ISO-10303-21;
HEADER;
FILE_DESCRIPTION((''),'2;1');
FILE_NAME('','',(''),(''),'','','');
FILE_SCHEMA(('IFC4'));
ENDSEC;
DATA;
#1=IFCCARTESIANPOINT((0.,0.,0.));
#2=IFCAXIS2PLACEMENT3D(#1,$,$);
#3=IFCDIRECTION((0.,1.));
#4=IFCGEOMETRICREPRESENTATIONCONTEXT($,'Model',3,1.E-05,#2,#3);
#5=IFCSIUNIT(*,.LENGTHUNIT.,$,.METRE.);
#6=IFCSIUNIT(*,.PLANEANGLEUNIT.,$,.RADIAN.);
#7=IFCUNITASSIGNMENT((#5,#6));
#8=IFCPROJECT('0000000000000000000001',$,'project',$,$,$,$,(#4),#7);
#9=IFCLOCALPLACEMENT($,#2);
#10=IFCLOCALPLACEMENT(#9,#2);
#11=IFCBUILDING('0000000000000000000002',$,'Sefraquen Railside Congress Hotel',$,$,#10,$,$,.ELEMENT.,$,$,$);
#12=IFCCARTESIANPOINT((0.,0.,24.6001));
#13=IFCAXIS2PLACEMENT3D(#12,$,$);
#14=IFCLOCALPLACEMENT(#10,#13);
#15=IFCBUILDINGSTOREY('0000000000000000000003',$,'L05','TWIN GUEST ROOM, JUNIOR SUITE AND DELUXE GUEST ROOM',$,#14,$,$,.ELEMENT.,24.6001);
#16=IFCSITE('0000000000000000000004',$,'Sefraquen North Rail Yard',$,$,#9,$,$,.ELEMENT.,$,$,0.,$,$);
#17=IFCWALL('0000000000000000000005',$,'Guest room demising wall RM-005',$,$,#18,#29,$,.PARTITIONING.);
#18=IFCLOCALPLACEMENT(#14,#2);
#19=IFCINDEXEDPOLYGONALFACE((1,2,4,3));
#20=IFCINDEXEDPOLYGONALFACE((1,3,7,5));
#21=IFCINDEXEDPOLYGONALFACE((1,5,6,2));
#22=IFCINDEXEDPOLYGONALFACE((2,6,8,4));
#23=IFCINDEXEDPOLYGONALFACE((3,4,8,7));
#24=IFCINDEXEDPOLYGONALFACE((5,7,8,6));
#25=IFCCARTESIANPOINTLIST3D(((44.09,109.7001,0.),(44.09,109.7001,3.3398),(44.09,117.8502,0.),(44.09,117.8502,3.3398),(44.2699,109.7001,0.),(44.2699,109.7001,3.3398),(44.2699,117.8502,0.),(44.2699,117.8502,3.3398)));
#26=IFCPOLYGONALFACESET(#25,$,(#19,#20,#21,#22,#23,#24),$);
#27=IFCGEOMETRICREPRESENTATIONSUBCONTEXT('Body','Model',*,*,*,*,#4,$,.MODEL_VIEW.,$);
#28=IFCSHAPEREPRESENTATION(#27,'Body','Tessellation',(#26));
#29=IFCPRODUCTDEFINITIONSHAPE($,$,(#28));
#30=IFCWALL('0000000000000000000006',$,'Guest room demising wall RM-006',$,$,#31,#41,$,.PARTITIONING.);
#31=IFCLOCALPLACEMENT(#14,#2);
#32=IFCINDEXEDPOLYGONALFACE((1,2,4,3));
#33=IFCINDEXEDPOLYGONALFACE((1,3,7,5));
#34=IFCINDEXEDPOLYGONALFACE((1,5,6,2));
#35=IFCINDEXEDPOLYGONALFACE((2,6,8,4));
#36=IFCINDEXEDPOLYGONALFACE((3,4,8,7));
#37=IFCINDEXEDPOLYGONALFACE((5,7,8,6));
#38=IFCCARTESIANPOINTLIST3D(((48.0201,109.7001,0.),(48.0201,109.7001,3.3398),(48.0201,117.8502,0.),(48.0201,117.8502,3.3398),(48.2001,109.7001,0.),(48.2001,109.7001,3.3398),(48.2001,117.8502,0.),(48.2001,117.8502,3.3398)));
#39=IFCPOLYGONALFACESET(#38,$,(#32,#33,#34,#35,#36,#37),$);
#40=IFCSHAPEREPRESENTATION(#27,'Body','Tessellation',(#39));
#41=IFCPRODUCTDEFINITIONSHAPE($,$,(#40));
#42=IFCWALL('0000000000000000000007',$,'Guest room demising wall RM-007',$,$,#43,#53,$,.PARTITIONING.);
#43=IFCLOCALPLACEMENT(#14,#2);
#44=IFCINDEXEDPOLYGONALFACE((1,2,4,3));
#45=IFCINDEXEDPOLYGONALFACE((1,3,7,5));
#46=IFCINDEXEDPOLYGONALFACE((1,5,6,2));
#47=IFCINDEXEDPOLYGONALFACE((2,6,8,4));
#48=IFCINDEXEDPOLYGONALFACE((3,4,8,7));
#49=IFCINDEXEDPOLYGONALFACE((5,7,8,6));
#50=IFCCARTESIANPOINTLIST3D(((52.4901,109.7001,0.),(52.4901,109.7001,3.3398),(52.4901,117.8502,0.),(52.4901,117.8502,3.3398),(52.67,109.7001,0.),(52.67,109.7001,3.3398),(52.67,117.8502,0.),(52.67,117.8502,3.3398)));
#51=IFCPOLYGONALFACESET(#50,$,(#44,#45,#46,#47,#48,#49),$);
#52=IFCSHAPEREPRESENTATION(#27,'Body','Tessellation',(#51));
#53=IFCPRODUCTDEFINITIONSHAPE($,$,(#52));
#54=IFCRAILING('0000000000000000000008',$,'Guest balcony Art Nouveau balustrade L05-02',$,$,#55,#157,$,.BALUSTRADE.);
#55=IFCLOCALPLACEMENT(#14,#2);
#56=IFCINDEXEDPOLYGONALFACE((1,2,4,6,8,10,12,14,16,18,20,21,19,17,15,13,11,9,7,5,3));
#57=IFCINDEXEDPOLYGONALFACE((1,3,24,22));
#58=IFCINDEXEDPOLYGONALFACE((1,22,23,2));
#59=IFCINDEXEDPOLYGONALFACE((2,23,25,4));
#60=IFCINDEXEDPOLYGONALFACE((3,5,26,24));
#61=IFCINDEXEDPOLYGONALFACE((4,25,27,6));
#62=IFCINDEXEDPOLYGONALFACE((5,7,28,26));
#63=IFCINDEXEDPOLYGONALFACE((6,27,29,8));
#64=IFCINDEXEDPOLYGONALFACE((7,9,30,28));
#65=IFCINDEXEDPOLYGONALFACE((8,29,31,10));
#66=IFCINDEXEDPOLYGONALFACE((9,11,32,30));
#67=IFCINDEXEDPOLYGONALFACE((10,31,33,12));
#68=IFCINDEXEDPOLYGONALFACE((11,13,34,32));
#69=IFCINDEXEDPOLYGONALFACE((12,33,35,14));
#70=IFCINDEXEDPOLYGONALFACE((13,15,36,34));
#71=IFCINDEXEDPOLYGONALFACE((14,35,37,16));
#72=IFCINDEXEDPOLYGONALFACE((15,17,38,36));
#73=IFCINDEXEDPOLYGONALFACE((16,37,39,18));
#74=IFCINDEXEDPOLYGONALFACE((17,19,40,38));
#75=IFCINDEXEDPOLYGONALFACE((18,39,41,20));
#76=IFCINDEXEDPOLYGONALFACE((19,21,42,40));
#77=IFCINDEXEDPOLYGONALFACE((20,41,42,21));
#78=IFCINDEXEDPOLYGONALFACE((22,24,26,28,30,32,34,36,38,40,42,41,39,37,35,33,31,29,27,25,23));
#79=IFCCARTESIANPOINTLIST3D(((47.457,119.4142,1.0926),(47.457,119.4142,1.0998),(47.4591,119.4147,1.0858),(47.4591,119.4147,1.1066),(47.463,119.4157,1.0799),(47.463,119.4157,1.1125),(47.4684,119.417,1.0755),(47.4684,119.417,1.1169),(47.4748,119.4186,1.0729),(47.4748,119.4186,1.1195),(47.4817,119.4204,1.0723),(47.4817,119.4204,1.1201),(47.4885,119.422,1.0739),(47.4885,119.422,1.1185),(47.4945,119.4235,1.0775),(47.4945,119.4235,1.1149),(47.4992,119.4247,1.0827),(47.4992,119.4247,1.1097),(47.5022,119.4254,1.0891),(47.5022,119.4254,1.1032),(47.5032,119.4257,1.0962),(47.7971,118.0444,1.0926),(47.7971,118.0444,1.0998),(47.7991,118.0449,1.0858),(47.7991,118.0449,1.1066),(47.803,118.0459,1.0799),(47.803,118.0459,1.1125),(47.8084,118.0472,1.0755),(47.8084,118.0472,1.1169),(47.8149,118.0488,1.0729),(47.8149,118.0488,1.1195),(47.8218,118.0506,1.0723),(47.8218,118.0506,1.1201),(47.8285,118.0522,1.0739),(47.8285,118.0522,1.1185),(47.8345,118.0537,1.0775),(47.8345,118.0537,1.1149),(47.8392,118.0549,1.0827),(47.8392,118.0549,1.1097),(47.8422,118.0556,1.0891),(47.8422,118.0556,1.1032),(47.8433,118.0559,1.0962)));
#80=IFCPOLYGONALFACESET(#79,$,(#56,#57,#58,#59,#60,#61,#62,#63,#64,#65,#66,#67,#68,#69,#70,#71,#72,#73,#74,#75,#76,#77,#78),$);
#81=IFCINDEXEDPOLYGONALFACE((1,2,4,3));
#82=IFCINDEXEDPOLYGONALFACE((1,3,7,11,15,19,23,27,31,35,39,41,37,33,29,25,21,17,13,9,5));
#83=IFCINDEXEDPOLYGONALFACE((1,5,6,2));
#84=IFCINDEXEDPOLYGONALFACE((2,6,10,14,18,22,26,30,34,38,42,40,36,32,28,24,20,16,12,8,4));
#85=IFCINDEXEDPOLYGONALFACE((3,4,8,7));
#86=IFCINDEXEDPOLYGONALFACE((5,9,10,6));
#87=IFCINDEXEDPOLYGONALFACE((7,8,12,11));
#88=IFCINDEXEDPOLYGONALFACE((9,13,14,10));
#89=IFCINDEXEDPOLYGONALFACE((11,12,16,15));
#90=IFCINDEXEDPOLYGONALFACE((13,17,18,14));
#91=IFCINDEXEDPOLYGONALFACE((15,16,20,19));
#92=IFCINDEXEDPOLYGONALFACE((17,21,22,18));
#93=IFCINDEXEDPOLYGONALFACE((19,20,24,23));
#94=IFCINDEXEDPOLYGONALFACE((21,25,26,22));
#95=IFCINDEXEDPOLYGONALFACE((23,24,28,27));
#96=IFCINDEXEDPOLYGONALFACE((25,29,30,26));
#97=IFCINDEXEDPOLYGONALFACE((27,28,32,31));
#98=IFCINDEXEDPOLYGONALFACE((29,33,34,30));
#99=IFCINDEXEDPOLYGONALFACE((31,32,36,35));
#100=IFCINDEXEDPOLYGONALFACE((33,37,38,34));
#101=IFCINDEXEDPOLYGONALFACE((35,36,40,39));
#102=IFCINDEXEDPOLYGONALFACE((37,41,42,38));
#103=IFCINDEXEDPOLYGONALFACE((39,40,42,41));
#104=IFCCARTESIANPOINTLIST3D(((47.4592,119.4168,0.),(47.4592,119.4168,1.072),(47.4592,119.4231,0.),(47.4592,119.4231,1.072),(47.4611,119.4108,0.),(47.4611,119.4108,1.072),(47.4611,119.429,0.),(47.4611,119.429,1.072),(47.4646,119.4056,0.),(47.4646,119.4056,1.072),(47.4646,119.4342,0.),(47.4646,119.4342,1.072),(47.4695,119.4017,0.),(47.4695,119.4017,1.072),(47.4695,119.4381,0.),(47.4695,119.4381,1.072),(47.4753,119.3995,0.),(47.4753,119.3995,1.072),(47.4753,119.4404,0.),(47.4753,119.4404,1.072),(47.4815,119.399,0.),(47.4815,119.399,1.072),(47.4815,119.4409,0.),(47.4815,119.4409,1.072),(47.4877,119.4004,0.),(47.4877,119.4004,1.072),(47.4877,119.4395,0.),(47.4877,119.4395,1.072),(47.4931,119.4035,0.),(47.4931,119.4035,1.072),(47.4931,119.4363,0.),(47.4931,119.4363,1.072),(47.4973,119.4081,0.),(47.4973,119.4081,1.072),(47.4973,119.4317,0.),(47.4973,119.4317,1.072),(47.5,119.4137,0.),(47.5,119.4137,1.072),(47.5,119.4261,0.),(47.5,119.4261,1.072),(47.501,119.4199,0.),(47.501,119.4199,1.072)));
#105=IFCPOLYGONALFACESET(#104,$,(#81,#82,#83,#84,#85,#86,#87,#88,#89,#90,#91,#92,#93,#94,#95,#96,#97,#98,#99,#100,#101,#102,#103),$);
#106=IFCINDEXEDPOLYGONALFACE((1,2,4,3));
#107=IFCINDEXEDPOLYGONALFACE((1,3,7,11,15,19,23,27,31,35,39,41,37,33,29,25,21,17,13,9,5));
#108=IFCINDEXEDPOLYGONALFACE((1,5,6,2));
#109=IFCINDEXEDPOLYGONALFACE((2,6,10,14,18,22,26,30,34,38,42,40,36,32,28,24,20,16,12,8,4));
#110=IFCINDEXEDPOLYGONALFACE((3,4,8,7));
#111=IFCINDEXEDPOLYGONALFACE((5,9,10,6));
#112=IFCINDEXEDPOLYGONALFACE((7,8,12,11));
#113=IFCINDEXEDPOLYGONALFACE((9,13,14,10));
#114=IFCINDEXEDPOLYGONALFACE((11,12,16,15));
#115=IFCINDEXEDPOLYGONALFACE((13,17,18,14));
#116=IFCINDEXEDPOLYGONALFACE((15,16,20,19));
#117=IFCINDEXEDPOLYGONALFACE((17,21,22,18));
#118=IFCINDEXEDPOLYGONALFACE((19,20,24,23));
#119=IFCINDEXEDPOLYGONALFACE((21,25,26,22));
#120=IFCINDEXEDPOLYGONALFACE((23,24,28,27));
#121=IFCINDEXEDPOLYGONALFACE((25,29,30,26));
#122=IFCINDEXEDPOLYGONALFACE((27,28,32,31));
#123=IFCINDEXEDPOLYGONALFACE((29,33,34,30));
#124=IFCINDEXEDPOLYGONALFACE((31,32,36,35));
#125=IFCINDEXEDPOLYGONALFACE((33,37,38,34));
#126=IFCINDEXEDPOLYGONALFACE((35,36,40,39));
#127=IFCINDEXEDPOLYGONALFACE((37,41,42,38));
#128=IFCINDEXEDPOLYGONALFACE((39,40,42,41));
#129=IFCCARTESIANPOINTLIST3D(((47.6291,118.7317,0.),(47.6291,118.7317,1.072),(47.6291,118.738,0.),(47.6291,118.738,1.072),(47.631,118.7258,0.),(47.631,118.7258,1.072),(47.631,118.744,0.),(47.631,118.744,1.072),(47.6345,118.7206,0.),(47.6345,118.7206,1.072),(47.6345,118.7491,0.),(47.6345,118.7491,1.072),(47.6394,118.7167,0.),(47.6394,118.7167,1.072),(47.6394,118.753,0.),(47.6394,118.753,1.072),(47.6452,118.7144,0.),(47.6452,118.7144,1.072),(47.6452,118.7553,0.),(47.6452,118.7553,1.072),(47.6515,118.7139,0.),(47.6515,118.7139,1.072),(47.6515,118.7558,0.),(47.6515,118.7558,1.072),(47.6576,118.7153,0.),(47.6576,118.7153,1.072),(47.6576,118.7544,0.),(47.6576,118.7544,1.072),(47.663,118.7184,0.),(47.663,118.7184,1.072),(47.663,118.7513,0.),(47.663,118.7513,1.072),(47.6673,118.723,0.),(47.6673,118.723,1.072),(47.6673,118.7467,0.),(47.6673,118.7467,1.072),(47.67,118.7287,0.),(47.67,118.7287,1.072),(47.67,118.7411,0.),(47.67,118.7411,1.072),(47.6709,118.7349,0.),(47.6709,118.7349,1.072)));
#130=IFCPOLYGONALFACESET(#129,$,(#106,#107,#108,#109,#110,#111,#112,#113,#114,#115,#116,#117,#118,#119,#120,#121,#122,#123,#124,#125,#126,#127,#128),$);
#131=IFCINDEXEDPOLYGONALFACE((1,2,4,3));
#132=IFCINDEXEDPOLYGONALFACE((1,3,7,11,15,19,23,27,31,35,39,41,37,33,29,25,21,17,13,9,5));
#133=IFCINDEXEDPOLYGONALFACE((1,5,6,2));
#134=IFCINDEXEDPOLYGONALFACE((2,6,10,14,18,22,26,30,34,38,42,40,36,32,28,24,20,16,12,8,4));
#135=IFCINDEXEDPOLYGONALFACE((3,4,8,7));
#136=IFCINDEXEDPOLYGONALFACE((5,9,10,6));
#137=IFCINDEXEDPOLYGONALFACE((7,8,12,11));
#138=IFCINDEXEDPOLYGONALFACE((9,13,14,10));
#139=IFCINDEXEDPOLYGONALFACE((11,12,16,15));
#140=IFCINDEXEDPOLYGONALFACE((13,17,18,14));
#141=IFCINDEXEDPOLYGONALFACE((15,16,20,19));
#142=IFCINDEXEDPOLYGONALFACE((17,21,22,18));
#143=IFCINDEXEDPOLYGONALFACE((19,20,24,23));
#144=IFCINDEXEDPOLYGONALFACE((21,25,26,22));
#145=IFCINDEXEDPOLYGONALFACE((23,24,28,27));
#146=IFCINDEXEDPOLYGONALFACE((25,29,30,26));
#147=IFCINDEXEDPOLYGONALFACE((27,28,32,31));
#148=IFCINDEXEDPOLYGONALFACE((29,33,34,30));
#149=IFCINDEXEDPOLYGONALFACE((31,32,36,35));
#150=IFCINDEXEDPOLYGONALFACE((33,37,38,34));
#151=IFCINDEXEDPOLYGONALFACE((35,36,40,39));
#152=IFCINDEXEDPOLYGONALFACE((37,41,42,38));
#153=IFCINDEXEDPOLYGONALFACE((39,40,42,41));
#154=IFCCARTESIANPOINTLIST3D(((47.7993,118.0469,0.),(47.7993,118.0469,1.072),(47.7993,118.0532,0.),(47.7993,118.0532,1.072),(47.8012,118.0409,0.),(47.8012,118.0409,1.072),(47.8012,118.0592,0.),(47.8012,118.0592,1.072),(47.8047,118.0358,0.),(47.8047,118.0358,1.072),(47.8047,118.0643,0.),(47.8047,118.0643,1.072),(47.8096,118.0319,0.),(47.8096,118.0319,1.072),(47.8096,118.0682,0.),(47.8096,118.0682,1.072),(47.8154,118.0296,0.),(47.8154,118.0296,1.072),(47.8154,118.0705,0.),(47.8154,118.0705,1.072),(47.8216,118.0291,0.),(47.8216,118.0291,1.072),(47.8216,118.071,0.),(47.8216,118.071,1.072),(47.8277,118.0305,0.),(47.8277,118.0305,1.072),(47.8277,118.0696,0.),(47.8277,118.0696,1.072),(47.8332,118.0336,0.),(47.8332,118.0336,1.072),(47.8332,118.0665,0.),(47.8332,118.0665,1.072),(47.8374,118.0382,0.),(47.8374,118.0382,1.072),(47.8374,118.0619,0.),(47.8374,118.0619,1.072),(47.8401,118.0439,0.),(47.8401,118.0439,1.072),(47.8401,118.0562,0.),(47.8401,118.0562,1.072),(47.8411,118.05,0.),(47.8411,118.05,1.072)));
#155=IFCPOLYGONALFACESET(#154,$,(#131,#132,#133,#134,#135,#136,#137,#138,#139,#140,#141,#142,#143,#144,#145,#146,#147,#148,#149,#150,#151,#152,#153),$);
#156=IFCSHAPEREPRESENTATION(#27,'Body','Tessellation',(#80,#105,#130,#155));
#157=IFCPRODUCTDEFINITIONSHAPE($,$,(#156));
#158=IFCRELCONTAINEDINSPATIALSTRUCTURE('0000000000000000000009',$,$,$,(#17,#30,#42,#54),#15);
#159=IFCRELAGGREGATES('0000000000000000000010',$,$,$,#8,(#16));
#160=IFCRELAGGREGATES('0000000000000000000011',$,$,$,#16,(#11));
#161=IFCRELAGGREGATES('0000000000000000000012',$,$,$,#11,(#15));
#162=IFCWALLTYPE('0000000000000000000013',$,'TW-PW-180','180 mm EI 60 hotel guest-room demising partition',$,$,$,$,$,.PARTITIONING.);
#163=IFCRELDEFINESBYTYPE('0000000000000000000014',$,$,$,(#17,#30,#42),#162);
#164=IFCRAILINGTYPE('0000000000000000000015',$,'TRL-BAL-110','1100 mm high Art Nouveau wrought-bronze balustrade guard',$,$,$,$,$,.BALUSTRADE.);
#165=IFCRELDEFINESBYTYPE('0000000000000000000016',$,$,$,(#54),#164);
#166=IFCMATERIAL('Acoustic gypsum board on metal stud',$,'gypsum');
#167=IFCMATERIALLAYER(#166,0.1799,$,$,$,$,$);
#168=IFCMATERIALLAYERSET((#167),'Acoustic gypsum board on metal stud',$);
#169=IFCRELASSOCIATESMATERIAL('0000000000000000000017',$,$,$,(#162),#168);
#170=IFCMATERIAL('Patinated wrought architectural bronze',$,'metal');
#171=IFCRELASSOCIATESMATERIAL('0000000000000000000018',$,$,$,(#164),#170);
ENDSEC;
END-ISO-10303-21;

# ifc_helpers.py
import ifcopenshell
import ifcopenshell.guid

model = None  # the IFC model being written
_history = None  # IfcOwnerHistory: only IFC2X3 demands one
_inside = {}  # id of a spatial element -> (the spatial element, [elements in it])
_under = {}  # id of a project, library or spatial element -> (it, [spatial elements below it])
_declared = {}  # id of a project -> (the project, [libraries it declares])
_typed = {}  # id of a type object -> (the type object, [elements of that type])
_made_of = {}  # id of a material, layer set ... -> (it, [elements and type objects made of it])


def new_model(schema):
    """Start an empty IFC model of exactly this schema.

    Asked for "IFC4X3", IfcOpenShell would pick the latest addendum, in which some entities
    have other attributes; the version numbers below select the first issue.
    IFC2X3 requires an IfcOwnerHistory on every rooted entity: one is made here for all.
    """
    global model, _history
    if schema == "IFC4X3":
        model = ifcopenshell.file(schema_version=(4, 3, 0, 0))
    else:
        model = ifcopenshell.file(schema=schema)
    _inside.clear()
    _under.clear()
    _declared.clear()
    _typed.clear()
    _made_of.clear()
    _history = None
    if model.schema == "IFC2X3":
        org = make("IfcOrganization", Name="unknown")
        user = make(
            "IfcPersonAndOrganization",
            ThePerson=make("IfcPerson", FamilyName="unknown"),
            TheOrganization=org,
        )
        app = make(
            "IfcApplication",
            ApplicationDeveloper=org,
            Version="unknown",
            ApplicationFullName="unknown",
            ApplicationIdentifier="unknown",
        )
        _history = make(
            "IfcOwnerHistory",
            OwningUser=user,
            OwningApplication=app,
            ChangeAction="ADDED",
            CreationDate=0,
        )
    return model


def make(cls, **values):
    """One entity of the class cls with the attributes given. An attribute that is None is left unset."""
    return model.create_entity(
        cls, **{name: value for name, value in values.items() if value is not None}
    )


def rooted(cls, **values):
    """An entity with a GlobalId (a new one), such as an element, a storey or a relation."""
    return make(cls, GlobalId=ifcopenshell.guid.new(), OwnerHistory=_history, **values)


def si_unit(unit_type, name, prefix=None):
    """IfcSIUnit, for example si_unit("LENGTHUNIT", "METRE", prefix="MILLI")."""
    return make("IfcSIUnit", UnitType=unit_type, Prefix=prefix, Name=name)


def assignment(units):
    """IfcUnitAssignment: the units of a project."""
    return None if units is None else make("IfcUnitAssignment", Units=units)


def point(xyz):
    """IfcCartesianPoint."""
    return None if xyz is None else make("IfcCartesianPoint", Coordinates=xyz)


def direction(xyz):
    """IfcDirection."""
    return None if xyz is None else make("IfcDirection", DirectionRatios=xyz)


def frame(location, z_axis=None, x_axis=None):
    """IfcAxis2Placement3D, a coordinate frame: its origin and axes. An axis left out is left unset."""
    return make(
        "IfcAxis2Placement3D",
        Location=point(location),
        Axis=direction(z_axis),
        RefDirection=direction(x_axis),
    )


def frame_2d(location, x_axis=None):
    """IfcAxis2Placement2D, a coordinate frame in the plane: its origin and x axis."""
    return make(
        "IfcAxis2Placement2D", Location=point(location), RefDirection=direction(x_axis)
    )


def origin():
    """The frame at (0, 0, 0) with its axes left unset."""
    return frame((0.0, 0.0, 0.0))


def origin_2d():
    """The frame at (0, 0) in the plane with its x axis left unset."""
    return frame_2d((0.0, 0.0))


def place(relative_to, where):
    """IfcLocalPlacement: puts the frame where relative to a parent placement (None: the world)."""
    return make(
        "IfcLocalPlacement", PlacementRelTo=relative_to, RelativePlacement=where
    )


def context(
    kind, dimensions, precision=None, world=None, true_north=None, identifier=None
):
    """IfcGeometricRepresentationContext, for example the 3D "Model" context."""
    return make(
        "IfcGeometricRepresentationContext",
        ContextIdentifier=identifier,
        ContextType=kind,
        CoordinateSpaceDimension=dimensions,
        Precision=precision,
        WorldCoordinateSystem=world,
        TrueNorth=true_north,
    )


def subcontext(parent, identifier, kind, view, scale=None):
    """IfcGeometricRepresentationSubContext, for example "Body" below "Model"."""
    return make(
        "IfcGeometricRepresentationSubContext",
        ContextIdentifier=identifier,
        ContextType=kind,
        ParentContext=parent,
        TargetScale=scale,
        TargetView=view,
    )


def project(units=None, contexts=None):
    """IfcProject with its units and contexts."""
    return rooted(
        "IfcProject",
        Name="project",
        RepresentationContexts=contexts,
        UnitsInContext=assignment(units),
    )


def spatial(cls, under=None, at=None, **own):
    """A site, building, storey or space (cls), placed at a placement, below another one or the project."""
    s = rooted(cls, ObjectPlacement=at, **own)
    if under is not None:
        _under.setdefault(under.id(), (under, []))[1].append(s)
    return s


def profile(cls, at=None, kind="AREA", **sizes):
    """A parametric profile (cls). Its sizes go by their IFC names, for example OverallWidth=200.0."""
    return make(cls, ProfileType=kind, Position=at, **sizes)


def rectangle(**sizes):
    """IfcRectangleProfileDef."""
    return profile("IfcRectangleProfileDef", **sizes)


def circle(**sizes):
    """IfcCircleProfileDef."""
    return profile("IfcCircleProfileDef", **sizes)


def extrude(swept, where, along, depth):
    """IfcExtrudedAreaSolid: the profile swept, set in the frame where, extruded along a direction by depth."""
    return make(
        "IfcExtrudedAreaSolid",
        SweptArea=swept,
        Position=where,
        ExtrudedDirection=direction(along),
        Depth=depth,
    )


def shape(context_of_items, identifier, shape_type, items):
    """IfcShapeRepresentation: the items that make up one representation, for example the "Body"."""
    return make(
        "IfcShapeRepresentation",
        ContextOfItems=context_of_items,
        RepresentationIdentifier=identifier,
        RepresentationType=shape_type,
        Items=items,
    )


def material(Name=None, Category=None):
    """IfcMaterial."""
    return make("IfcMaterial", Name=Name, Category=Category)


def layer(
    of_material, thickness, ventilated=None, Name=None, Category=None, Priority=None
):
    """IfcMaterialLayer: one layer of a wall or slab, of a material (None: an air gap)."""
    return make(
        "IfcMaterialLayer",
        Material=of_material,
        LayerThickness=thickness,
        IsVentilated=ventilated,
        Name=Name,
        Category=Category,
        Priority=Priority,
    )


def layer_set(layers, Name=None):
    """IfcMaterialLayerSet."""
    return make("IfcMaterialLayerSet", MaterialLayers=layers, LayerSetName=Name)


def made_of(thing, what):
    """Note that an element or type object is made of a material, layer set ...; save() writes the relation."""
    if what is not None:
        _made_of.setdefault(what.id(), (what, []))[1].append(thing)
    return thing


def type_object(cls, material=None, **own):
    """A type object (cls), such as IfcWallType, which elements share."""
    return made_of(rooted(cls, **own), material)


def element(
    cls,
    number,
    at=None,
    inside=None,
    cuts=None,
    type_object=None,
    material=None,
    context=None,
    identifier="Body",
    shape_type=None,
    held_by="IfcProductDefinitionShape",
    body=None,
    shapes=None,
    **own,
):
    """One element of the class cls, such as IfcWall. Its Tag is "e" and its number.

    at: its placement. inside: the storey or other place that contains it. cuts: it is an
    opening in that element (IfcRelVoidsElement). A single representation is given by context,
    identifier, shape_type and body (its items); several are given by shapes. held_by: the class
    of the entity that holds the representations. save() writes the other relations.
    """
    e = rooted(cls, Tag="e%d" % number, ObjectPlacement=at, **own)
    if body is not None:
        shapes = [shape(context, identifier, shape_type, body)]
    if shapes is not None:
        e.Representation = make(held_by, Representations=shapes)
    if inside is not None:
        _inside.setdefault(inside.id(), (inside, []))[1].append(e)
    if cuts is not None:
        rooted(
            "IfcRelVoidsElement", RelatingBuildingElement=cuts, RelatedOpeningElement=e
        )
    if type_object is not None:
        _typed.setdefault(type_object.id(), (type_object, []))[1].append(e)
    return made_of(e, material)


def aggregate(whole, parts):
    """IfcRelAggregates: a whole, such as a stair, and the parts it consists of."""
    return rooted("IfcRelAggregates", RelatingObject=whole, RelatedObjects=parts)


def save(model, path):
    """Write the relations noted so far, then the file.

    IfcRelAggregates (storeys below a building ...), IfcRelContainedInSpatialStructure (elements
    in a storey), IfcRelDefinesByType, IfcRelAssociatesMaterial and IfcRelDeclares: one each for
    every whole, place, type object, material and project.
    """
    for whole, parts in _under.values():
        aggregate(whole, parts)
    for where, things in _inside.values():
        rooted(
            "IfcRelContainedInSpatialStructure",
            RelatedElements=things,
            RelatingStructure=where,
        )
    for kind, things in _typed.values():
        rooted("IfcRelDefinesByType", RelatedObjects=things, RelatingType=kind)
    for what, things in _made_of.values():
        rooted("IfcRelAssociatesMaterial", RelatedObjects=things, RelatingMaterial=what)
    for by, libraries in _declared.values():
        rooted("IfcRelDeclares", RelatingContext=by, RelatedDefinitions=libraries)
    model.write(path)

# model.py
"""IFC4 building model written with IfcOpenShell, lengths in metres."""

from ifc_helpers import new_model, si_unit, direction, frame, frame_2d, origin, origin_2d, place, context, subcontext, project, spatial, rectangle, circle, extrude, material, layer, layer_set, type_object, element, save


model = new_model("IFC4")

# Units and contexts
model_context = context("Model", 3, precision=1e-05, world=origin(), true_north=direction((0.0, 1.0)))
body_context = subcontext(model_context, "Body", "Model", "MODEL_VIEW")
ifc_project = project(units=[si_unit("LENGTHUNIT", "METRE"), si_unit("PLANEANGLEUNIT", "RADIAN")], contexts=[model_context])

# Site, building, storey
site_placement = place(None, origin())
site = spatial("IfcSite", under=ifc_project, at=site_placement, Name="Sefraquen North Rail Yard", CompositionType="ELEMENT", RefElevation=0.0)
building_placement = place(site_placement, origin())
building = spatial("IfcBuilding", under=site, at=building_placement, Name="Sefraquen Railside Congress Hotel", CompositionType="ELEMENT")
storey_placement = place(building_placement, frame((0.0, 0.0, 24.6001)))
storey = spatial("IfcBuildingStorey", under=building, at=storey_placement, Name="L05", Description="TWIN GUEST ROOM, JUNIOR SUITE AND DELUXE GUEST ROOM", CompositionType="ELEMENT", Elevation=24.6001)

# Walls
ifc_material_1 = material(Name="Acoustic gypsum board on metal stud", Category="gypsum")
ifc_layer_1 = layer(ifc_material_1, 0.1799)
ifc_layer_set_1 = layer_set([ifc_layer_1], Name="Acoustic gypsum board on metal stud")
wall_type_1 = type_object("IfcWallType", Name="TW-PW-180", Description="180 mm EI 60 hotel guest-room demising partition", PredefinedType="PARTITIONING", material=ifc_layer_set_1)
for number, where, z_axis, x_axis, name in (
    (1, (44.1799, 109.7, 0.0), (0.0, 0.0, 1.0), (0.0, 1.0, 0.0), "Guest room demising wall RM-005"),
    (2, (48.1101, 109.7, 0.0), (0.0, 0.0, 1.0), (0.0, 1.0, 0.0), "Guest room demising wall RM-006"),
    (3, (52.5801, 109.7, 0.0), (0.0, 0.0, 1.0), (0.0, 1.0, 0.0), "Guest room demising wall RM-007"),
):
    element("IfcWall", number, at=place(storey_placement, frame(where, z_axis=z_axis, x_axis=x_axis)), inside=storey, type_object=wall_type_1, Name=name, PredefinedType="PARTITIONING", context=body_context, shape_type="SweptSolid", body=[
        extrude(rectangle(XDim=8.1501, YDim=0.1799, at=frame_2d((4.0752, 0.0))), origin(), (0.0, 0.0, 1.0), 3.3398),
    ])

# Railing
ifc_material_2 = material(Name="Patinated wrought architectural bronze", Category="metal")
railing_type = type_object("IfcRailingType", Name="TRL-BAL-110", Description="1100 mm high Art Nouveau wrought-bronze balustrade guard", PredefinedType="BALUSTRADE", material=ifc_material_2)
railing_placement = place(storey_placement, frame((47.48, 119.4199, 0.0)))
element("IfcRailing", 4, at=railing_placement, inside=storey, type_object=railing_type, Name="Guest balcony Art Nouveau balustrade L05-02", PredefinedType="BALUSTRADE", context=body_context, shape_type="SweptSolid", body=[
    extrude(circle(Radius=0.0239, at=origin_2d()), frame((0.0, 0.0, 1.0962), z_axis=(0.240948, -0.970538, 0.0), x_axis=(0.970538, 0.240948, 0.0)), (0.0, 0.0, 1.0), 1.4114),
    extrude(circle(Radius=0.021, at=origin_2d()), origin(), (0.0, 0.0, 1.0), 1.072),
    extrude(circle(Radius=0.021, at=origin_2d()), frame((0.1699, -0.6851, 0.0)), (0.0, 0.0, 1.0), 1.072),
    extrude(circle(Radius=0.021, at=origin_2d()), frame((0.3401, -1.3699, 0.0)), (0.0, 0.0, 1.0), 1.072),
])

save(model, "model.ifc")
